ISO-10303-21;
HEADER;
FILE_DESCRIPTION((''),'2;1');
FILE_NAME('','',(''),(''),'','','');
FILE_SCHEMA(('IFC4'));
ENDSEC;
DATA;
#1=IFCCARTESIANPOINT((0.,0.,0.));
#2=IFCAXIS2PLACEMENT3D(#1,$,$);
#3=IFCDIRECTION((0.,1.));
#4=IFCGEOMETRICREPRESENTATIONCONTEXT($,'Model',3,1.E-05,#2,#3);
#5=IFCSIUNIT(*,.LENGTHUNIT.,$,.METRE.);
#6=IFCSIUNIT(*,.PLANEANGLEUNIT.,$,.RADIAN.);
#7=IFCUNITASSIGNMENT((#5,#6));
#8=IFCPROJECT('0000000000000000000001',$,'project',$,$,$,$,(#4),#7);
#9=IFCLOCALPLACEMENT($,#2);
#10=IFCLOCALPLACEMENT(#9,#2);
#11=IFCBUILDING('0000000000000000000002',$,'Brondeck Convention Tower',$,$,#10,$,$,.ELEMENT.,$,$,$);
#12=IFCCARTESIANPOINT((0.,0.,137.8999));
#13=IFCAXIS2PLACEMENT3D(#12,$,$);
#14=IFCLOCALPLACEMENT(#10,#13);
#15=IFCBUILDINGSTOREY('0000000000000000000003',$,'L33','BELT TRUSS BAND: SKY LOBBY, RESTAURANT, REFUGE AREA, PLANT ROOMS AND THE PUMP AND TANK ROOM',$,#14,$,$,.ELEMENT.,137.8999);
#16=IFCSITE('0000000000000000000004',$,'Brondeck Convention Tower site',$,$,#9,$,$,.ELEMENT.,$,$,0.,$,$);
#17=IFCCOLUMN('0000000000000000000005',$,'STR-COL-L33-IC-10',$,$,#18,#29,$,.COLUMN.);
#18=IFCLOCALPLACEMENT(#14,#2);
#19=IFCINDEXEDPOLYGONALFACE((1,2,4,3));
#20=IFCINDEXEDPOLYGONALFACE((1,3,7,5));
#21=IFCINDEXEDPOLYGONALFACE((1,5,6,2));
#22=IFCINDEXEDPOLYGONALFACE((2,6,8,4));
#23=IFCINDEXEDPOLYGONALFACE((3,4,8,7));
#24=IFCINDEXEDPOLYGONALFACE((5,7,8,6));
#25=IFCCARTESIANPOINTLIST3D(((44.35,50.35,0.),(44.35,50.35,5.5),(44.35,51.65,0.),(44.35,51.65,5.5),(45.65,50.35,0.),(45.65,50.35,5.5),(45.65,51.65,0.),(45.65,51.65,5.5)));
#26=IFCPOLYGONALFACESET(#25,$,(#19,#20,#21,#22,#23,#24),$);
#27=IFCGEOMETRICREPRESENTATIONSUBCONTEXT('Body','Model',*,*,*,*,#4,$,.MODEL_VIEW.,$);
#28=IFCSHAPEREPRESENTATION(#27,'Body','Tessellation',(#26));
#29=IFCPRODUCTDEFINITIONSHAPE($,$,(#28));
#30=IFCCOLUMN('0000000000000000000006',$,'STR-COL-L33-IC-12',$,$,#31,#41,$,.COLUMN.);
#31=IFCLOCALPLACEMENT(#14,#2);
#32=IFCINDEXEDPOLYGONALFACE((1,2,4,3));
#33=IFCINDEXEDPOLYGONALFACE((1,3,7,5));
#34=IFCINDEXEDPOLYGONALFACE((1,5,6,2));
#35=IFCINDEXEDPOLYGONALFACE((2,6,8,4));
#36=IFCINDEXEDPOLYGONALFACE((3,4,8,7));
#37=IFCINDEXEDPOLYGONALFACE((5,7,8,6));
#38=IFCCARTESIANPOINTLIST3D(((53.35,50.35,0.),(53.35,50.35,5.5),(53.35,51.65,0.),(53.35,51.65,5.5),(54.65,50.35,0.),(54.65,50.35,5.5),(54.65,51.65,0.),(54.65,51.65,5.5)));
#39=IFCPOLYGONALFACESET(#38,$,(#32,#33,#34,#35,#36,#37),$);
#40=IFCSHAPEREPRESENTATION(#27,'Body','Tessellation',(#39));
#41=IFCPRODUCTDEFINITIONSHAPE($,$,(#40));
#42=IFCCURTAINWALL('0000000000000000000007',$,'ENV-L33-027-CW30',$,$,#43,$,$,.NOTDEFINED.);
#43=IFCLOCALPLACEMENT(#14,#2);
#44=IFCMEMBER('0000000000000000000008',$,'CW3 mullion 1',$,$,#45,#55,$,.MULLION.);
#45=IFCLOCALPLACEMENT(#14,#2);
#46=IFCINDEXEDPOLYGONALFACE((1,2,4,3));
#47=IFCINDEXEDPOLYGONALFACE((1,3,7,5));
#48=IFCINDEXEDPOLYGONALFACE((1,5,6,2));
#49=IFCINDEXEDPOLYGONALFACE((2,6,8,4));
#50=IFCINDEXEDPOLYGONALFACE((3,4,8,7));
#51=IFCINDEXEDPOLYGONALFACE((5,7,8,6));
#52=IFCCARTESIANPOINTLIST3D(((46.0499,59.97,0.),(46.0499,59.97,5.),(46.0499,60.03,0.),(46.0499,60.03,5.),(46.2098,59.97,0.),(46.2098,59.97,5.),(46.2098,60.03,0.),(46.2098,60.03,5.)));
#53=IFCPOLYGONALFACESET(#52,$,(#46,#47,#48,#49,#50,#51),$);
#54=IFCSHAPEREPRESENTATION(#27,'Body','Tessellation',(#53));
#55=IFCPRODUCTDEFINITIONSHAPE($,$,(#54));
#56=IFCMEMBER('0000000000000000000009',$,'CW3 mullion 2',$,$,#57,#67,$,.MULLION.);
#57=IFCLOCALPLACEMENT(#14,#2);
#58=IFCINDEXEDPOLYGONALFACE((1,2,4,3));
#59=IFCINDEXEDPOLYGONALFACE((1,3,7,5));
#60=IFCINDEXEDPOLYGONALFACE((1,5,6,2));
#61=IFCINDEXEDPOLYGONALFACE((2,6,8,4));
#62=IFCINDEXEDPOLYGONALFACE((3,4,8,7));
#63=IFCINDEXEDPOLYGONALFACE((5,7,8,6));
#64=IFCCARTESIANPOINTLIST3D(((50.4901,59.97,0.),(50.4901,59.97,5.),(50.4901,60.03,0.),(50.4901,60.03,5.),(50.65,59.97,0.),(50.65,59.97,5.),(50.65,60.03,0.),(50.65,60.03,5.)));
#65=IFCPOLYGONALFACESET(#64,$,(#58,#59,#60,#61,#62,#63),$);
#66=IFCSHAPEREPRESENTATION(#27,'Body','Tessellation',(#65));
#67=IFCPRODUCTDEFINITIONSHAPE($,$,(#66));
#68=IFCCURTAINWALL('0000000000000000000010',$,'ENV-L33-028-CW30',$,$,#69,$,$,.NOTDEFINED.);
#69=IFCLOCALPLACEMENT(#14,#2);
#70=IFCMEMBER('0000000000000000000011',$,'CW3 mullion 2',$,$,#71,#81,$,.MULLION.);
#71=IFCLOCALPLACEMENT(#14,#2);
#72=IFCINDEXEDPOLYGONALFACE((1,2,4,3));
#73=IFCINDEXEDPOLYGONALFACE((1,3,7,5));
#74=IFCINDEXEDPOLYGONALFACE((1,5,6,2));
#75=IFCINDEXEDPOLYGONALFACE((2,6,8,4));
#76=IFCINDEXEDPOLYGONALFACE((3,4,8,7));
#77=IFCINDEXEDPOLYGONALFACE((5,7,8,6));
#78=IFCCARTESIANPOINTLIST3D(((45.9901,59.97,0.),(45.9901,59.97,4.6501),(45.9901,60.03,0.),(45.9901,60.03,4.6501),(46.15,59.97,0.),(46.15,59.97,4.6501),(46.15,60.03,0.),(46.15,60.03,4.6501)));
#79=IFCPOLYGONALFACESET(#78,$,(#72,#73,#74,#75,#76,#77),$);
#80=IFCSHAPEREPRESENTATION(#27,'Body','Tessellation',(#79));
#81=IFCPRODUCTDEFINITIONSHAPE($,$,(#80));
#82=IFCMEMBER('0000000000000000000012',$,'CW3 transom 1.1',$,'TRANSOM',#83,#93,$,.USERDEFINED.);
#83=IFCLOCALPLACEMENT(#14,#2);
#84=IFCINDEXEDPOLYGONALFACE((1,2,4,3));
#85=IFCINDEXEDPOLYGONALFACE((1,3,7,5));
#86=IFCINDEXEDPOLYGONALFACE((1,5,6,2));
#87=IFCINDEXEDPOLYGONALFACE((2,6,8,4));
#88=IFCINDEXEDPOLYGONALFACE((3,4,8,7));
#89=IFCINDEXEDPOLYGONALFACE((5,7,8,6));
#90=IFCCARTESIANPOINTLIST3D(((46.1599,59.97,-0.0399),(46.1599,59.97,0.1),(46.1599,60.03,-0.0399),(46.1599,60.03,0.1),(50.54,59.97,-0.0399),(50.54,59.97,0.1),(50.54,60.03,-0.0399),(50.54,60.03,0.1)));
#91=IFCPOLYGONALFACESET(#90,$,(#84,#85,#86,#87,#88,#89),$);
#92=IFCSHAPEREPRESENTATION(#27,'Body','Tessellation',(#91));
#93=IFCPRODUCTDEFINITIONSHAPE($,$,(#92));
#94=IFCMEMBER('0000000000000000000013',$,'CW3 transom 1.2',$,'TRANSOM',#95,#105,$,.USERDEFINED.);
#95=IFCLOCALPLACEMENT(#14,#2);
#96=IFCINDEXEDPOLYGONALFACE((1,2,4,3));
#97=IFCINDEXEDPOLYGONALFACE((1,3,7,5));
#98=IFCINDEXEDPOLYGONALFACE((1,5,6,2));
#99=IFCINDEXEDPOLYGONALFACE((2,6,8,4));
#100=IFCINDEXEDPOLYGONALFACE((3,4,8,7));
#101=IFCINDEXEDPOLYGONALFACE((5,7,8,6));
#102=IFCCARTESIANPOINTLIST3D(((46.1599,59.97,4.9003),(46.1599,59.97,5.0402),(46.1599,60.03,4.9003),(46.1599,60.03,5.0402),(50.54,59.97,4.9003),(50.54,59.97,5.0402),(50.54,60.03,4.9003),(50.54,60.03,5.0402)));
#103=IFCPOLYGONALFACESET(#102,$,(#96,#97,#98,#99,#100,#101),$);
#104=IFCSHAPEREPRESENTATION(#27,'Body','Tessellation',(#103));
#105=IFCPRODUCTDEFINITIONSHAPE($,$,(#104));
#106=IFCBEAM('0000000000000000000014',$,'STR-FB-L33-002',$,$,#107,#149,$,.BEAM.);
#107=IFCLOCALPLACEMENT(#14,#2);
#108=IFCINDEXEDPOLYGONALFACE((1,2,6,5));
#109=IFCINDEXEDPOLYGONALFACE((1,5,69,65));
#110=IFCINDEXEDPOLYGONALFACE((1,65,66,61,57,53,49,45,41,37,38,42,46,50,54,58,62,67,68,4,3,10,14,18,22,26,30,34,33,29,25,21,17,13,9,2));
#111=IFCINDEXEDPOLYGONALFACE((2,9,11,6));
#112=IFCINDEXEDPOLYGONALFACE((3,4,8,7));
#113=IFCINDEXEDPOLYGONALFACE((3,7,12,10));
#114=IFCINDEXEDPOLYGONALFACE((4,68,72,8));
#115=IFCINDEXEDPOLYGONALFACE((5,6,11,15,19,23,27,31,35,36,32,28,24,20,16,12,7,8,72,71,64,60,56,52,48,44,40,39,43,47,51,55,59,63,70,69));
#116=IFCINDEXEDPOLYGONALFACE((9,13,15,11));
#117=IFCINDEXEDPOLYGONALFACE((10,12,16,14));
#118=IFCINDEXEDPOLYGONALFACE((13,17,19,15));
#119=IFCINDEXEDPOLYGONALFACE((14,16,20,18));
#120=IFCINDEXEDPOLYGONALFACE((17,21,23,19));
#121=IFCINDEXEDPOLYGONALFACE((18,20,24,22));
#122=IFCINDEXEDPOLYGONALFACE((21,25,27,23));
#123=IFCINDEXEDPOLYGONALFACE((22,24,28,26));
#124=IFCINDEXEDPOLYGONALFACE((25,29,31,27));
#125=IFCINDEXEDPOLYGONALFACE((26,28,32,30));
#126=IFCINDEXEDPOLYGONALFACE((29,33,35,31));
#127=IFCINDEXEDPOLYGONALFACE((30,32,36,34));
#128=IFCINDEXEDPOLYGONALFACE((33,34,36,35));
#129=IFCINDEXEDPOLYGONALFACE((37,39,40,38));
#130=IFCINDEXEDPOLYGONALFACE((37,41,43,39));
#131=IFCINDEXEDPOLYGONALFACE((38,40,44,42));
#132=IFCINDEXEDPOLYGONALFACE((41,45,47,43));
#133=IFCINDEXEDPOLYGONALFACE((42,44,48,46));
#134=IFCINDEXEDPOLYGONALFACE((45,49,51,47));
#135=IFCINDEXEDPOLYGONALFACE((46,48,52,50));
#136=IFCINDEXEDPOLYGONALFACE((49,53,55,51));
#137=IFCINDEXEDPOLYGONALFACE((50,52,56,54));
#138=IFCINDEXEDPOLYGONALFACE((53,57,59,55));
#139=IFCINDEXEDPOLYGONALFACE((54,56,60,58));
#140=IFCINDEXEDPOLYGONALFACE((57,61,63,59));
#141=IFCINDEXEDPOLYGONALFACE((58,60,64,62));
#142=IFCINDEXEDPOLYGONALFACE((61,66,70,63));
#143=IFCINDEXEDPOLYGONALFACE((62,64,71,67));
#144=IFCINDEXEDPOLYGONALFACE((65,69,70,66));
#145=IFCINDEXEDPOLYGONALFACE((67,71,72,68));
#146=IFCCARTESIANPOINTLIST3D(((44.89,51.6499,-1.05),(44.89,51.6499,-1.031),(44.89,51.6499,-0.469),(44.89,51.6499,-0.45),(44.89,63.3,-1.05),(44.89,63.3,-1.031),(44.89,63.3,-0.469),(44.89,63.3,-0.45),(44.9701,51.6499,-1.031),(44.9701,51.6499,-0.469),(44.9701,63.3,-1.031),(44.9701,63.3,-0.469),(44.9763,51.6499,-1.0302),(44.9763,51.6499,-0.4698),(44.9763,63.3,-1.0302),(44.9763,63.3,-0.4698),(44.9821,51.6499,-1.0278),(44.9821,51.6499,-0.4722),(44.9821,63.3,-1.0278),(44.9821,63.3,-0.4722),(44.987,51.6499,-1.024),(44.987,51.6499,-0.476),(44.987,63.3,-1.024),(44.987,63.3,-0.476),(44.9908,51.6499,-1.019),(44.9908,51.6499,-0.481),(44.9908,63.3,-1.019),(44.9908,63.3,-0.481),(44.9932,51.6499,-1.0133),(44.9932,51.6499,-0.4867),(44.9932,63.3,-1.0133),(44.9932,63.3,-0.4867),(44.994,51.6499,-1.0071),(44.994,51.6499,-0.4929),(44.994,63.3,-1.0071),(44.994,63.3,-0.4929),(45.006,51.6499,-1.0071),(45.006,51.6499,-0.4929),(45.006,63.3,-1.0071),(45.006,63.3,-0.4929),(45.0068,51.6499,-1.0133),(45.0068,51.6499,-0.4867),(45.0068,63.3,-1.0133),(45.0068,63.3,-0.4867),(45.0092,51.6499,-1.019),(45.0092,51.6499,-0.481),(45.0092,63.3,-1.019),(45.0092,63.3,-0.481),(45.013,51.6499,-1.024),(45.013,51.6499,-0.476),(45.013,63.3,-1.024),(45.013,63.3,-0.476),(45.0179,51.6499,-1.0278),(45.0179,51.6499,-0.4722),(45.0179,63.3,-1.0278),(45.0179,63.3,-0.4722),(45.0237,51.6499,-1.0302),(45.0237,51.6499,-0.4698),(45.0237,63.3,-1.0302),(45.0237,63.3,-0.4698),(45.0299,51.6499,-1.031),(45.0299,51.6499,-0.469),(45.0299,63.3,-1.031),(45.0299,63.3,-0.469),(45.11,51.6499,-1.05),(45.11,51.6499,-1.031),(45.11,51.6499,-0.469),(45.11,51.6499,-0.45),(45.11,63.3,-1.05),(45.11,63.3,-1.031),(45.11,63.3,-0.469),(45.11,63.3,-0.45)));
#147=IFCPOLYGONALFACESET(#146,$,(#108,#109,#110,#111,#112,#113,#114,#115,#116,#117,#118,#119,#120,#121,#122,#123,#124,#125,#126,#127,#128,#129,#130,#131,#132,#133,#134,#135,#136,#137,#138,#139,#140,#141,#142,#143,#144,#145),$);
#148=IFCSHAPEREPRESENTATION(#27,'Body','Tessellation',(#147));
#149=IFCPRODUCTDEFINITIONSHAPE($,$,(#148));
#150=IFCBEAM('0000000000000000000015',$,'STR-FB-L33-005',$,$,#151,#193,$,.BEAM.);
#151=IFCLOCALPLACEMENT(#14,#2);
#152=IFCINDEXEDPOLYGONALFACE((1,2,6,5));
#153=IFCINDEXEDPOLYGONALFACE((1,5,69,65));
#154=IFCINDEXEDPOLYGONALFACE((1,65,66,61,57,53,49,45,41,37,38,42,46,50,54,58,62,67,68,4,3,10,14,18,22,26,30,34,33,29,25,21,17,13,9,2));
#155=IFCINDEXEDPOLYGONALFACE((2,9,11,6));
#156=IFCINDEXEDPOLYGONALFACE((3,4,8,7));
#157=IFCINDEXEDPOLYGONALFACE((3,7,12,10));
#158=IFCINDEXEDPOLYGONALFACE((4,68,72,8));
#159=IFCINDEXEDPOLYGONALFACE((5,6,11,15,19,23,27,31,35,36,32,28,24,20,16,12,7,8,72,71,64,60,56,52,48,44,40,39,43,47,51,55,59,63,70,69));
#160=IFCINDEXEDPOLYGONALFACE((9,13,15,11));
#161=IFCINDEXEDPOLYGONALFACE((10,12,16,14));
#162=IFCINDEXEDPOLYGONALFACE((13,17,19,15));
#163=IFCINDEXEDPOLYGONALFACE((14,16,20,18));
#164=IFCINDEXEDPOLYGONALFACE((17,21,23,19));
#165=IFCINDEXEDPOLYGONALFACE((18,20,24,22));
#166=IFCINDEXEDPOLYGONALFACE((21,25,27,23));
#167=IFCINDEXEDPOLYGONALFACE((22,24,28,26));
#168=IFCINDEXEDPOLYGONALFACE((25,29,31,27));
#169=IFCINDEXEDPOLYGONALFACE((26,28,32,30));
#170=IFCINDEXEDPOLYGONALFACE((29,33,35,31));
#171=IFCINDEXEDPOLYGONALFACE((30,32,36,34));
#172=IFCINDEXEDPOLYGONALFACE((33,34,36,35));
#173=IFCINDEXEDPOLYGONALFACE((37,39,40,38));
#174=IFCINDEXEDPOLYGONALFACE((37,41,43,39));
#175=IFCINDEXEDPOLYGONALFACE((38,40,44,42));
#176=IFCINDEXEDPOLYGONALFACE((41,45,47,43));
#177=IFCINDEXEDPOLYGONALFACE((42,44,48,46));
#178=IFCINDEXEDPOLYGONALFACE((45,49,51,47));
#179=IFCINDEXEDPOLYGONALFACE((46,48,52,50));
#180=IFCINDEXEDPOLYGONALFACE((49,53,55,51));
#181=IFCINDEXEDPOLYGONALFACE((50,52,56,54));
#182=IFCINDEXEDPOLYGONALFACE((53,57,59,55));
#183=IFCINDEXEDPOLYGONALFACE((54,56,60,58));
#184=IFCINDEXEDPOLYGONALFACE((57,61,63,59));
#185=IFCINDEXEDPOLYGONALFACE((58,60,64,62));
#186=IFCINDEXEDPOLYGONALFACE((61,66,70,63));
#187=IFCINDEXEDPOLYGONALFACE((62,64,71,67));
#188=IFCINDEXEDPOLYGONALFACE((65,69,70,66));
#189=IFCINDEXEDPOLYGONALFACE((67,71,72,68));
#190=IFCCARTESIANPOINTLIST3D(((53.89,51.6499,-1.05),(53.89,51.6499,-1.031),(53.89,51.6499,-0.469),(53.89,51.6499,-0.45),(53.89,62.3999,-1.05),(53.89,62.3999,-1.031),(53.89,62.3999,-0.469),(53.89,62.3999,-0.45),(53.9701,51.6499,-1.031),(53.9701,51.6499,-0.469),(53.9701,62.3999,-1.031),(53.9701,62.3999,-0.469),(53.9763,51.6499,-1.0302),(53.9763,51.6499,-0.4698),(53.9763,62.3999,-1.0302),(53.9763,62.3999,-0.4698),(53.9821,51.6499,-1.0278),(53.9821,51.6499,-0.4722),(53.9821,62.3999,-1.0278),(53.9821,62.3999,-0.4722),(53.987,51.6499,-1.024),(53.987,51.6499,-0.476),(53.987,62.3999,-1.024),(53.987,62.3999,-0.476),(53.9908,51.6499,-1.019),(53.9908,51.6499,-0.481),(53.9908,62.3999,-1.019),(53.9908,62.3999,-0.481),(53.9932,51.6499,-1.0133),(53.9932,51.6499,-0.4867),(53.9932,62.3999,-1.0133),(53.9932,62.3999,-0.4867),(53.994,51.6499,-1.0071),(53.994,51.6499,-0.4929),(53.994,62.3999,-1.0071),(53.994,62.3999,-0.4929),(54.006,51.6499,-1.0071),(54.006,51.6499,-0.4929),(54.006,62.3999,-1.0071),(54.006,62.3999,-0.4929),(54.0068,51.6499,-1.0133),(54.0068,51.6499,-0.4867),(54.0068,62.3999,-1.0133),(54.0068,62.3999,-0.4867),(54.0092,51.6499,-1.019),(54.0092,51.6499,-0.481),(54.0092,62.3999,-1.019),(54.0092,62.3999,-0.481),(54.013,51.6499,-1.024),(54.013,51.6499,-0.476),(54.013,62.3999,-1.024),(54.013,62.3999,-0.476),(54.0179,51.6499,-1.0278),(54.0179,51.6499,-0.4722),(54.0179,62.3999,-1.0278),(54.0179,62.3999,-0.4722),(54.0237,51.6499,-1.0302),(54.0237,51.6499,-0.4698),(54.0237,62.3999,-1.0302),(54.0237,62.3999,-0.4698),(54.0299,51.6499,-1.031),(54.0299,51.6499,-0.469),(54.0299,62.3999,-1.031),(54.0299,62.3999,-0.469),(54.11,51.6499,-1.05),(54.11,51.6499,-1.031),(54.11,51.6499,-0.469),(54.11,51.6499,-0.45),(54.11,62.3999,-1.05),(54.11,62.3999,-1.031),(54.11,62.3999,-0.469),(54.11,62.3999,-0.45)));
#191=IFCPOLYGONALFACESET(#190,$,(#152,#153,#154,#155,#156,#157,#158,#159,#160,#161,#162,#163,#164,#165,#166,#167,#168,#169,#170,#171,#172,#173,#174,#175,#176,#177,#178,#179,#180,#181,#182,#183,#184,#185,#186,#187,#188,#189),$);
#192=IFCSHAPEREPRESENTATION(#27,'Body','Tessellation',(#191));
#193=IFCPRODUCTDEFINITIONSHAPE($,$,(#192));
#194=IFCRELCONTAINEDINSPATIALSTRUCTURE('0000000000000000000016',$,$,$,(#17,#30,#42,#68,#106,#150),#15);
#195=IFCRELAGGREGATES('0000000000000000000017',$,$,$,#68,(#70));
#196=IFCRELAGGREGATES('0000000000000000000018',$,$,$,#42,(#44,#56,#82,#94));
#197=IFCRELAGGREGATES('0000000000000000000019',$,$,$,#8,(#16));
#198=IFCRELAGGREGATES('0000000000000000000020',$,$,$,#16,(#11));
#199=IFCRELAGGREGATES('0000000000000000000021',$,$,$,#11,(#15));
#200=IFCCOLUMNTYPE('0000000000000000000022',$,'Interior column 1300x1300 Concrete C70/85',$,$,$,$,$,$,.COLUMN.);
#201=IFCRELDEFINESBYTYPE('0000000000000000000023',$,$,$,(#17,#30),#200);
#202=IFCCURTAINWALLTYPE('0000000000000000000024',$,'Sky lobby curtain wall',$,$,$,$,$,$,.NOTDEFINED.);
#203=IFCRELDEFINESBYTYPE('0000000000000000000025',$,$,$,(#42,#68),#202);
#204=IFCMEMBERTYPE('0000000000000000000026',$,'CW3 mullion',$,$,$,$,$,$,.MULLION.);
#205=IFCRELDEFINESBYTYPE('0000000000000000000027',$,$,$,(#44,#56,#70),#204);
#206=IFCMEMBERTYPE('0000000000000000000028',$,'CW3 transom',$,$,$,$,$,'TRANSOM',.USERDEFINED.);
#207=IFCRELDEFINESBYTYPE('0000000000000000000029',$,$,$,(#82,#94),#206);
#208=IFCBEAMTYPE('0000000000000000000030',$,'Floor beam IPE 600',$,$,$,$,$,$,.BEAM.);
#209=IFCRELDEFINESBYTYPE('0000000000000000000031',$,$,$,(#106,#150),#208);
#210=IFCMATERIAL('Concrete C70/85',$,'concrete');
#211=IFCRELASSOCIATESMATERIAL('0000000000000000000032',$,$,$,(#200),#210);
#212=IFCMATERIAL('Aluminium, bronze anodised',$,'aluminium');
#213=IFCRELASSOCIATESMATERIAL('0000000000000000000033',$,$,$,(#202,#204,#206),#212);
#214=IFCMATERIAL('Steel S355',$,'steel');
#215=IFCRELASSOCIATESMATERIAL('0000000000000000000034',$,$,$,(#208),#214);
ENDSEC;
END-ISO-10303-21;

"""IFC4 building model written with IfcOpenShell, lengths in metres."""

from ifc_helpers import new_model, si_unit, direction, frame, origin, origin_2d, place, context, subcontext, project, spatial, rectangle, i_section, extrude, material, material_profile, profile_set, type_object, element, aggregate, save


model = new_model("IFC4")

# Units and contexts
model_context = context("Model", 3, precision=1e-05, world=origin(), true_north=direction((0.0, 1.0)))
body_context = subcontext(model_context, "Body", "Model", "MODEL_VIEW")
ifc_project = project(units=[si_unit("LENGTHUNIT", "METRE"), si_unit("PLANEANGLEUNIT", "RADIAN")], contexts=[model_context])

# Site, building, storey
site_placement = place(None, origin())
site = spatial("IfcSite", under=ifc_project, at=site_placement, Name="Brondeck Convention Tower site", CompositionType="ELEMENT", RefElevation=0.0)
building_placement = place(site_placement, origin())
building = spatial("IfcBuilding", under=site, at=building_placement, Name="Brondeck Convention Tower", CompositionType="ELEMENT")
storey_placement = place(building_placement, frame((0.0, 0.0, 137.8999)))
storey = spatial("IfcBuildingStorey", under=building, at=storey_placement, Name="L33", Description="BELT TRUSS BAND: SKY LOBBY, RESTAURANT, REFUGE AREA, PLANT ROOMS AND THE PUMP AND TANK ROOM", CompositionType="ELEMENT", Elevation=137.8999)

# Columns
ifc_material_1 = material(Name="Concrete C70/85", Category="concrete")
ifc_material_profile_1 = material_profile(ifc_material_1, rectangle(XDim=1.3, YDim=1.3, at=origin_2d()), Name="Interior column 1300x1300 Concrete C70/85")
ifc_profile_set_1 = profile_set([ifc_material_profile_1], Name="Concrete C70/85")
column_type = type_object("IfcColumnType", Name="Interior column 1300x1300 Concrete C70/85", PredefinedType="COLUMN", material=ifc_profile_set_1)
for number, where, z_axis, x_axis, name in (
    (1, (45.0, 51.0, 0.0), (0.0, 0.0, 1.0), (1.0, 0.0, 0.0), "STR-COL-L33-IC-10"),
    (2, (54.0, 51.0, 0.0), (0.0, 0.0, 1.0), (1.0, 0.0, 0.0), "STR-COL-L33-IC-12"),
):
    element("IfcColumn", number, at=place(storey_placement, frame(where, z_axis=z_axis, x_axis=x_axis)), inside=storey, type_object=column_type, Name=name, PredefinedType="COLUMN", context=body_context, shape_type="SweptSolid", body=[
        extrude(rectangle(XDim=1.3, YDim=1.3, at=origin_2d()), origin(), (0.0, 0.0, 1.0), 5.5),
    ])

# Curtain wall, members
ifc_material_2 = material(Name="Aluminium, bronze anodised", Category="aluminium")
curtain_wall_type = type_object("IfcCurtainWallType", Name="Sky lobby curtain wall", PredefinedType="NOTDEFINED", material=ifc_material_2)
curtain_wall_1_placement = place(storey_placement, origin())
curtain_wall_1 = element("IfcCurtainWall", 3, at=curtain_wall_1_placement, inside=storey, type_object=curtain_wall_type, Name="ENV-L33-027-CW30", PredefinedType="NOTDEFINED")
ifc_material_profile_2 = material_profile(ifc_material_2, rectangle(XDim=0.0601, YDim=0.1599, at=origin_2d()), Name="CW3 mullion")
ifc_profile_set_2 = profile_set([ifc_material_profile_2], Name="Aluminium, bronze anodised")
member_type_1 = type_object("IfcMemberType", Name="CW3 mullion", PredefinedType="MULLION", material=ifc_profile_set_2)
member_1_placement = place(storey_placement, frame((46.1299, 60.0, 0.0), z_axis=(0.0, 0.0, 1.0), x_axis=(0.0, 1.0, 0.0)))
member_1 = element("IfcMember", 4, at=member_1_placement, type_object=member_type_1, Name="CW3 mullion 1", PredefinedType="MULLION", context=body_context, shape_type="SweptSolid", body=[
    extrude(rectangle(XDim=0.0601, YDim=0.1599, at=origin_2d()), origin(), (0.0, 0.0, 1.0), 5.0),
])
member_2_placement = place(storey_placement, frame((50.5701, 60.0, 0.0), z_axis=(0.0, 0.0, 1.0), x_axis=(0.0, 1.0, 0.0)))
member_2 = element("IfcMember", 5, at=member_2_placement, type_object=member_type_1, Name="CW3 mullion 2", PredefinedType="MULLION", context=body_context, shape_type="SweptSolid", body=[
    extrude(rectangle(XDim=0.0601, YDim=0.1599, at=origin_2d()), origin(), (0.0, 0.0, 1.0), 5.0),
])

# Curtain wall, member
curtain_wall_2_placement = place(storey_placement, origin())
curtain_wall_2 = element("IfcCurtainWall", 6, at=curtain_wall_2_placement, inside=storey, type_object=curtain_wall_type, Name="ENV-L33-028-CW30", PredefinedType="NOTDEFINED")
member_3_placement = place(storey_placement, frame((46.0701, 60.0, 0.0), z_axis=(0.0, 0.0, 1.0), x_axis=(0.0, 1.0, 0.0)))
member_3 = element("IfcMember", 7, at=member_3_placement, type_object=member_type_1, Name="CW3 mullion 2", PredefinedType="MULLION", context=body_context, shape_type="SweptSolid", body=[
    extrude(rectangle(XDim=0.0601, YDim=0.1599, at=origin_2d()), origin(), (0.0, 0.0, 1.0), 4.6501),
])
aggregate(curtain_wall_2, [member_3])

# Members
ifc_material_profile_3 = material_profile(ifc_material_2, rectangle(XDim=0.0601, YDim=0.1399, at=origin_2d()), Name="CW3 transom")
ifc_profile_set_3 = profile_set([ifc_material_profile_3], Name="Aluminium, bronze anodised")
member_type_2 = type_object("IfcMemberType", Name="CW3 transom", ElementType="TRANSOM", PredefinedType="USERDEFINED", material=ifc_profile_set_3)
member_4_placement = place(storey_placement, frame((46.1599, 60.0, 0.03), z_axis=(1.0, 0.0, 0.0), x_axis=(0.0, 1.0, 0.0)))
member_4 = element("IfcMember", 8, at=member_4_placement, type_object=member_type_2, Name="CW3 transom 1.1", ObjectType="TRANSOM", PredefinedType="USERDEFINED", context=body_context, shape_type="SweptSolid", body=[
    extrude(rectangle(XDim=0.0601, YDim=0.1399, at=origin_2d()), origin(), (0.0, 0.0, 1.0), 4.3801),
])
member_5_placement = place(storey_placement, frame((46.1599, 60.0, 4.9702), z_axis=(1.0, 0.0, 0.0), x_axis=(0.0, 1.0, 0.0)))
member_5 = element("IfcMember", 9, at=member_5_placement, type_object=member_type_2, Name="CW3 transom 1.2", ObjectType="TRANSOM", PredefinedType="USERDEFINED", context=body_context, shape_type="SweptSolid", body=[
    extrude(rectangle(XDim=0.0601, YDim=0.1399, at=origin_2d()), origin(), (0.0, 0.0, 1.0), 4.3801),
])

# Beams
ifc_material_3 = material(Name="Steel S355", Category="steel")
ifc_material_profile_4 = material_profile(ifc_material_3, i_section(OverallWidth=0.22, OverallDepth=0.6001, WebThickness=0.012, FlangeThickness=0.019, FilletRadius=0.0239, at=origin_2d()), Name="IPE 600")
ifc_profile_set_4 = profile_set([ifc_material_profile_4], Name="Steel S355")
beam_type_1 = type_object("IfcBeamType", Name="Floor beam IPE 600", PredefinedType="BEAM", material=ifc_profile_set_4)
beam_1_placement = place(storey_placement, frame((45.0, 51.6499, -0.75), z_axis=(0.0, 1.0, 0.0), x_axis=(-1.0, 0.0, 0.0)))
element("IfcBeam", 10, at=beam_1_placement, inside=storey, type_object=beam_type_1, Name="STR-FB-L33-002", PredefinedType="BEAM", context=body_context, shape_type="SweptSolid", body=[
    extrude(i_section(OverallWidth=0.22, OverallDepth=0.6001, WebThickness=0.012, FlangeThickness=0.019, FilletRadius=0.0239, at=origin_2d()), origin(), (0.0, 0.0, 1.0), 11.6501),
])
beam_2_placement = place(storey_placement, frame((54.0, 51.6499, -0.75), z_axis=(0.0, 1.0, 0.0), x_axis=(-1.0, 0.0, 0.0)))
element("IfcBeam", 11, at=beam_2_placement, inside=storey, type_object=beam_type_1, Name="STR-FB-L33-005", PredefinedType="BEAM", context=body_context, shape_type="SweptSolid", body=[
    extrude(i_section(OverallWidth=0.22, OverallDepth=0.6001, WebThickness=0.012, FlangeThickness=0.019, FilletRadius=0.0239, at=origin_2d()), origin(), (0.0, 0.0, 1.0), 10.75),
])

aggregate(curtain_wall_1, [member_1, member_2, member_4, member_5])

save(model, "model.ifc")
